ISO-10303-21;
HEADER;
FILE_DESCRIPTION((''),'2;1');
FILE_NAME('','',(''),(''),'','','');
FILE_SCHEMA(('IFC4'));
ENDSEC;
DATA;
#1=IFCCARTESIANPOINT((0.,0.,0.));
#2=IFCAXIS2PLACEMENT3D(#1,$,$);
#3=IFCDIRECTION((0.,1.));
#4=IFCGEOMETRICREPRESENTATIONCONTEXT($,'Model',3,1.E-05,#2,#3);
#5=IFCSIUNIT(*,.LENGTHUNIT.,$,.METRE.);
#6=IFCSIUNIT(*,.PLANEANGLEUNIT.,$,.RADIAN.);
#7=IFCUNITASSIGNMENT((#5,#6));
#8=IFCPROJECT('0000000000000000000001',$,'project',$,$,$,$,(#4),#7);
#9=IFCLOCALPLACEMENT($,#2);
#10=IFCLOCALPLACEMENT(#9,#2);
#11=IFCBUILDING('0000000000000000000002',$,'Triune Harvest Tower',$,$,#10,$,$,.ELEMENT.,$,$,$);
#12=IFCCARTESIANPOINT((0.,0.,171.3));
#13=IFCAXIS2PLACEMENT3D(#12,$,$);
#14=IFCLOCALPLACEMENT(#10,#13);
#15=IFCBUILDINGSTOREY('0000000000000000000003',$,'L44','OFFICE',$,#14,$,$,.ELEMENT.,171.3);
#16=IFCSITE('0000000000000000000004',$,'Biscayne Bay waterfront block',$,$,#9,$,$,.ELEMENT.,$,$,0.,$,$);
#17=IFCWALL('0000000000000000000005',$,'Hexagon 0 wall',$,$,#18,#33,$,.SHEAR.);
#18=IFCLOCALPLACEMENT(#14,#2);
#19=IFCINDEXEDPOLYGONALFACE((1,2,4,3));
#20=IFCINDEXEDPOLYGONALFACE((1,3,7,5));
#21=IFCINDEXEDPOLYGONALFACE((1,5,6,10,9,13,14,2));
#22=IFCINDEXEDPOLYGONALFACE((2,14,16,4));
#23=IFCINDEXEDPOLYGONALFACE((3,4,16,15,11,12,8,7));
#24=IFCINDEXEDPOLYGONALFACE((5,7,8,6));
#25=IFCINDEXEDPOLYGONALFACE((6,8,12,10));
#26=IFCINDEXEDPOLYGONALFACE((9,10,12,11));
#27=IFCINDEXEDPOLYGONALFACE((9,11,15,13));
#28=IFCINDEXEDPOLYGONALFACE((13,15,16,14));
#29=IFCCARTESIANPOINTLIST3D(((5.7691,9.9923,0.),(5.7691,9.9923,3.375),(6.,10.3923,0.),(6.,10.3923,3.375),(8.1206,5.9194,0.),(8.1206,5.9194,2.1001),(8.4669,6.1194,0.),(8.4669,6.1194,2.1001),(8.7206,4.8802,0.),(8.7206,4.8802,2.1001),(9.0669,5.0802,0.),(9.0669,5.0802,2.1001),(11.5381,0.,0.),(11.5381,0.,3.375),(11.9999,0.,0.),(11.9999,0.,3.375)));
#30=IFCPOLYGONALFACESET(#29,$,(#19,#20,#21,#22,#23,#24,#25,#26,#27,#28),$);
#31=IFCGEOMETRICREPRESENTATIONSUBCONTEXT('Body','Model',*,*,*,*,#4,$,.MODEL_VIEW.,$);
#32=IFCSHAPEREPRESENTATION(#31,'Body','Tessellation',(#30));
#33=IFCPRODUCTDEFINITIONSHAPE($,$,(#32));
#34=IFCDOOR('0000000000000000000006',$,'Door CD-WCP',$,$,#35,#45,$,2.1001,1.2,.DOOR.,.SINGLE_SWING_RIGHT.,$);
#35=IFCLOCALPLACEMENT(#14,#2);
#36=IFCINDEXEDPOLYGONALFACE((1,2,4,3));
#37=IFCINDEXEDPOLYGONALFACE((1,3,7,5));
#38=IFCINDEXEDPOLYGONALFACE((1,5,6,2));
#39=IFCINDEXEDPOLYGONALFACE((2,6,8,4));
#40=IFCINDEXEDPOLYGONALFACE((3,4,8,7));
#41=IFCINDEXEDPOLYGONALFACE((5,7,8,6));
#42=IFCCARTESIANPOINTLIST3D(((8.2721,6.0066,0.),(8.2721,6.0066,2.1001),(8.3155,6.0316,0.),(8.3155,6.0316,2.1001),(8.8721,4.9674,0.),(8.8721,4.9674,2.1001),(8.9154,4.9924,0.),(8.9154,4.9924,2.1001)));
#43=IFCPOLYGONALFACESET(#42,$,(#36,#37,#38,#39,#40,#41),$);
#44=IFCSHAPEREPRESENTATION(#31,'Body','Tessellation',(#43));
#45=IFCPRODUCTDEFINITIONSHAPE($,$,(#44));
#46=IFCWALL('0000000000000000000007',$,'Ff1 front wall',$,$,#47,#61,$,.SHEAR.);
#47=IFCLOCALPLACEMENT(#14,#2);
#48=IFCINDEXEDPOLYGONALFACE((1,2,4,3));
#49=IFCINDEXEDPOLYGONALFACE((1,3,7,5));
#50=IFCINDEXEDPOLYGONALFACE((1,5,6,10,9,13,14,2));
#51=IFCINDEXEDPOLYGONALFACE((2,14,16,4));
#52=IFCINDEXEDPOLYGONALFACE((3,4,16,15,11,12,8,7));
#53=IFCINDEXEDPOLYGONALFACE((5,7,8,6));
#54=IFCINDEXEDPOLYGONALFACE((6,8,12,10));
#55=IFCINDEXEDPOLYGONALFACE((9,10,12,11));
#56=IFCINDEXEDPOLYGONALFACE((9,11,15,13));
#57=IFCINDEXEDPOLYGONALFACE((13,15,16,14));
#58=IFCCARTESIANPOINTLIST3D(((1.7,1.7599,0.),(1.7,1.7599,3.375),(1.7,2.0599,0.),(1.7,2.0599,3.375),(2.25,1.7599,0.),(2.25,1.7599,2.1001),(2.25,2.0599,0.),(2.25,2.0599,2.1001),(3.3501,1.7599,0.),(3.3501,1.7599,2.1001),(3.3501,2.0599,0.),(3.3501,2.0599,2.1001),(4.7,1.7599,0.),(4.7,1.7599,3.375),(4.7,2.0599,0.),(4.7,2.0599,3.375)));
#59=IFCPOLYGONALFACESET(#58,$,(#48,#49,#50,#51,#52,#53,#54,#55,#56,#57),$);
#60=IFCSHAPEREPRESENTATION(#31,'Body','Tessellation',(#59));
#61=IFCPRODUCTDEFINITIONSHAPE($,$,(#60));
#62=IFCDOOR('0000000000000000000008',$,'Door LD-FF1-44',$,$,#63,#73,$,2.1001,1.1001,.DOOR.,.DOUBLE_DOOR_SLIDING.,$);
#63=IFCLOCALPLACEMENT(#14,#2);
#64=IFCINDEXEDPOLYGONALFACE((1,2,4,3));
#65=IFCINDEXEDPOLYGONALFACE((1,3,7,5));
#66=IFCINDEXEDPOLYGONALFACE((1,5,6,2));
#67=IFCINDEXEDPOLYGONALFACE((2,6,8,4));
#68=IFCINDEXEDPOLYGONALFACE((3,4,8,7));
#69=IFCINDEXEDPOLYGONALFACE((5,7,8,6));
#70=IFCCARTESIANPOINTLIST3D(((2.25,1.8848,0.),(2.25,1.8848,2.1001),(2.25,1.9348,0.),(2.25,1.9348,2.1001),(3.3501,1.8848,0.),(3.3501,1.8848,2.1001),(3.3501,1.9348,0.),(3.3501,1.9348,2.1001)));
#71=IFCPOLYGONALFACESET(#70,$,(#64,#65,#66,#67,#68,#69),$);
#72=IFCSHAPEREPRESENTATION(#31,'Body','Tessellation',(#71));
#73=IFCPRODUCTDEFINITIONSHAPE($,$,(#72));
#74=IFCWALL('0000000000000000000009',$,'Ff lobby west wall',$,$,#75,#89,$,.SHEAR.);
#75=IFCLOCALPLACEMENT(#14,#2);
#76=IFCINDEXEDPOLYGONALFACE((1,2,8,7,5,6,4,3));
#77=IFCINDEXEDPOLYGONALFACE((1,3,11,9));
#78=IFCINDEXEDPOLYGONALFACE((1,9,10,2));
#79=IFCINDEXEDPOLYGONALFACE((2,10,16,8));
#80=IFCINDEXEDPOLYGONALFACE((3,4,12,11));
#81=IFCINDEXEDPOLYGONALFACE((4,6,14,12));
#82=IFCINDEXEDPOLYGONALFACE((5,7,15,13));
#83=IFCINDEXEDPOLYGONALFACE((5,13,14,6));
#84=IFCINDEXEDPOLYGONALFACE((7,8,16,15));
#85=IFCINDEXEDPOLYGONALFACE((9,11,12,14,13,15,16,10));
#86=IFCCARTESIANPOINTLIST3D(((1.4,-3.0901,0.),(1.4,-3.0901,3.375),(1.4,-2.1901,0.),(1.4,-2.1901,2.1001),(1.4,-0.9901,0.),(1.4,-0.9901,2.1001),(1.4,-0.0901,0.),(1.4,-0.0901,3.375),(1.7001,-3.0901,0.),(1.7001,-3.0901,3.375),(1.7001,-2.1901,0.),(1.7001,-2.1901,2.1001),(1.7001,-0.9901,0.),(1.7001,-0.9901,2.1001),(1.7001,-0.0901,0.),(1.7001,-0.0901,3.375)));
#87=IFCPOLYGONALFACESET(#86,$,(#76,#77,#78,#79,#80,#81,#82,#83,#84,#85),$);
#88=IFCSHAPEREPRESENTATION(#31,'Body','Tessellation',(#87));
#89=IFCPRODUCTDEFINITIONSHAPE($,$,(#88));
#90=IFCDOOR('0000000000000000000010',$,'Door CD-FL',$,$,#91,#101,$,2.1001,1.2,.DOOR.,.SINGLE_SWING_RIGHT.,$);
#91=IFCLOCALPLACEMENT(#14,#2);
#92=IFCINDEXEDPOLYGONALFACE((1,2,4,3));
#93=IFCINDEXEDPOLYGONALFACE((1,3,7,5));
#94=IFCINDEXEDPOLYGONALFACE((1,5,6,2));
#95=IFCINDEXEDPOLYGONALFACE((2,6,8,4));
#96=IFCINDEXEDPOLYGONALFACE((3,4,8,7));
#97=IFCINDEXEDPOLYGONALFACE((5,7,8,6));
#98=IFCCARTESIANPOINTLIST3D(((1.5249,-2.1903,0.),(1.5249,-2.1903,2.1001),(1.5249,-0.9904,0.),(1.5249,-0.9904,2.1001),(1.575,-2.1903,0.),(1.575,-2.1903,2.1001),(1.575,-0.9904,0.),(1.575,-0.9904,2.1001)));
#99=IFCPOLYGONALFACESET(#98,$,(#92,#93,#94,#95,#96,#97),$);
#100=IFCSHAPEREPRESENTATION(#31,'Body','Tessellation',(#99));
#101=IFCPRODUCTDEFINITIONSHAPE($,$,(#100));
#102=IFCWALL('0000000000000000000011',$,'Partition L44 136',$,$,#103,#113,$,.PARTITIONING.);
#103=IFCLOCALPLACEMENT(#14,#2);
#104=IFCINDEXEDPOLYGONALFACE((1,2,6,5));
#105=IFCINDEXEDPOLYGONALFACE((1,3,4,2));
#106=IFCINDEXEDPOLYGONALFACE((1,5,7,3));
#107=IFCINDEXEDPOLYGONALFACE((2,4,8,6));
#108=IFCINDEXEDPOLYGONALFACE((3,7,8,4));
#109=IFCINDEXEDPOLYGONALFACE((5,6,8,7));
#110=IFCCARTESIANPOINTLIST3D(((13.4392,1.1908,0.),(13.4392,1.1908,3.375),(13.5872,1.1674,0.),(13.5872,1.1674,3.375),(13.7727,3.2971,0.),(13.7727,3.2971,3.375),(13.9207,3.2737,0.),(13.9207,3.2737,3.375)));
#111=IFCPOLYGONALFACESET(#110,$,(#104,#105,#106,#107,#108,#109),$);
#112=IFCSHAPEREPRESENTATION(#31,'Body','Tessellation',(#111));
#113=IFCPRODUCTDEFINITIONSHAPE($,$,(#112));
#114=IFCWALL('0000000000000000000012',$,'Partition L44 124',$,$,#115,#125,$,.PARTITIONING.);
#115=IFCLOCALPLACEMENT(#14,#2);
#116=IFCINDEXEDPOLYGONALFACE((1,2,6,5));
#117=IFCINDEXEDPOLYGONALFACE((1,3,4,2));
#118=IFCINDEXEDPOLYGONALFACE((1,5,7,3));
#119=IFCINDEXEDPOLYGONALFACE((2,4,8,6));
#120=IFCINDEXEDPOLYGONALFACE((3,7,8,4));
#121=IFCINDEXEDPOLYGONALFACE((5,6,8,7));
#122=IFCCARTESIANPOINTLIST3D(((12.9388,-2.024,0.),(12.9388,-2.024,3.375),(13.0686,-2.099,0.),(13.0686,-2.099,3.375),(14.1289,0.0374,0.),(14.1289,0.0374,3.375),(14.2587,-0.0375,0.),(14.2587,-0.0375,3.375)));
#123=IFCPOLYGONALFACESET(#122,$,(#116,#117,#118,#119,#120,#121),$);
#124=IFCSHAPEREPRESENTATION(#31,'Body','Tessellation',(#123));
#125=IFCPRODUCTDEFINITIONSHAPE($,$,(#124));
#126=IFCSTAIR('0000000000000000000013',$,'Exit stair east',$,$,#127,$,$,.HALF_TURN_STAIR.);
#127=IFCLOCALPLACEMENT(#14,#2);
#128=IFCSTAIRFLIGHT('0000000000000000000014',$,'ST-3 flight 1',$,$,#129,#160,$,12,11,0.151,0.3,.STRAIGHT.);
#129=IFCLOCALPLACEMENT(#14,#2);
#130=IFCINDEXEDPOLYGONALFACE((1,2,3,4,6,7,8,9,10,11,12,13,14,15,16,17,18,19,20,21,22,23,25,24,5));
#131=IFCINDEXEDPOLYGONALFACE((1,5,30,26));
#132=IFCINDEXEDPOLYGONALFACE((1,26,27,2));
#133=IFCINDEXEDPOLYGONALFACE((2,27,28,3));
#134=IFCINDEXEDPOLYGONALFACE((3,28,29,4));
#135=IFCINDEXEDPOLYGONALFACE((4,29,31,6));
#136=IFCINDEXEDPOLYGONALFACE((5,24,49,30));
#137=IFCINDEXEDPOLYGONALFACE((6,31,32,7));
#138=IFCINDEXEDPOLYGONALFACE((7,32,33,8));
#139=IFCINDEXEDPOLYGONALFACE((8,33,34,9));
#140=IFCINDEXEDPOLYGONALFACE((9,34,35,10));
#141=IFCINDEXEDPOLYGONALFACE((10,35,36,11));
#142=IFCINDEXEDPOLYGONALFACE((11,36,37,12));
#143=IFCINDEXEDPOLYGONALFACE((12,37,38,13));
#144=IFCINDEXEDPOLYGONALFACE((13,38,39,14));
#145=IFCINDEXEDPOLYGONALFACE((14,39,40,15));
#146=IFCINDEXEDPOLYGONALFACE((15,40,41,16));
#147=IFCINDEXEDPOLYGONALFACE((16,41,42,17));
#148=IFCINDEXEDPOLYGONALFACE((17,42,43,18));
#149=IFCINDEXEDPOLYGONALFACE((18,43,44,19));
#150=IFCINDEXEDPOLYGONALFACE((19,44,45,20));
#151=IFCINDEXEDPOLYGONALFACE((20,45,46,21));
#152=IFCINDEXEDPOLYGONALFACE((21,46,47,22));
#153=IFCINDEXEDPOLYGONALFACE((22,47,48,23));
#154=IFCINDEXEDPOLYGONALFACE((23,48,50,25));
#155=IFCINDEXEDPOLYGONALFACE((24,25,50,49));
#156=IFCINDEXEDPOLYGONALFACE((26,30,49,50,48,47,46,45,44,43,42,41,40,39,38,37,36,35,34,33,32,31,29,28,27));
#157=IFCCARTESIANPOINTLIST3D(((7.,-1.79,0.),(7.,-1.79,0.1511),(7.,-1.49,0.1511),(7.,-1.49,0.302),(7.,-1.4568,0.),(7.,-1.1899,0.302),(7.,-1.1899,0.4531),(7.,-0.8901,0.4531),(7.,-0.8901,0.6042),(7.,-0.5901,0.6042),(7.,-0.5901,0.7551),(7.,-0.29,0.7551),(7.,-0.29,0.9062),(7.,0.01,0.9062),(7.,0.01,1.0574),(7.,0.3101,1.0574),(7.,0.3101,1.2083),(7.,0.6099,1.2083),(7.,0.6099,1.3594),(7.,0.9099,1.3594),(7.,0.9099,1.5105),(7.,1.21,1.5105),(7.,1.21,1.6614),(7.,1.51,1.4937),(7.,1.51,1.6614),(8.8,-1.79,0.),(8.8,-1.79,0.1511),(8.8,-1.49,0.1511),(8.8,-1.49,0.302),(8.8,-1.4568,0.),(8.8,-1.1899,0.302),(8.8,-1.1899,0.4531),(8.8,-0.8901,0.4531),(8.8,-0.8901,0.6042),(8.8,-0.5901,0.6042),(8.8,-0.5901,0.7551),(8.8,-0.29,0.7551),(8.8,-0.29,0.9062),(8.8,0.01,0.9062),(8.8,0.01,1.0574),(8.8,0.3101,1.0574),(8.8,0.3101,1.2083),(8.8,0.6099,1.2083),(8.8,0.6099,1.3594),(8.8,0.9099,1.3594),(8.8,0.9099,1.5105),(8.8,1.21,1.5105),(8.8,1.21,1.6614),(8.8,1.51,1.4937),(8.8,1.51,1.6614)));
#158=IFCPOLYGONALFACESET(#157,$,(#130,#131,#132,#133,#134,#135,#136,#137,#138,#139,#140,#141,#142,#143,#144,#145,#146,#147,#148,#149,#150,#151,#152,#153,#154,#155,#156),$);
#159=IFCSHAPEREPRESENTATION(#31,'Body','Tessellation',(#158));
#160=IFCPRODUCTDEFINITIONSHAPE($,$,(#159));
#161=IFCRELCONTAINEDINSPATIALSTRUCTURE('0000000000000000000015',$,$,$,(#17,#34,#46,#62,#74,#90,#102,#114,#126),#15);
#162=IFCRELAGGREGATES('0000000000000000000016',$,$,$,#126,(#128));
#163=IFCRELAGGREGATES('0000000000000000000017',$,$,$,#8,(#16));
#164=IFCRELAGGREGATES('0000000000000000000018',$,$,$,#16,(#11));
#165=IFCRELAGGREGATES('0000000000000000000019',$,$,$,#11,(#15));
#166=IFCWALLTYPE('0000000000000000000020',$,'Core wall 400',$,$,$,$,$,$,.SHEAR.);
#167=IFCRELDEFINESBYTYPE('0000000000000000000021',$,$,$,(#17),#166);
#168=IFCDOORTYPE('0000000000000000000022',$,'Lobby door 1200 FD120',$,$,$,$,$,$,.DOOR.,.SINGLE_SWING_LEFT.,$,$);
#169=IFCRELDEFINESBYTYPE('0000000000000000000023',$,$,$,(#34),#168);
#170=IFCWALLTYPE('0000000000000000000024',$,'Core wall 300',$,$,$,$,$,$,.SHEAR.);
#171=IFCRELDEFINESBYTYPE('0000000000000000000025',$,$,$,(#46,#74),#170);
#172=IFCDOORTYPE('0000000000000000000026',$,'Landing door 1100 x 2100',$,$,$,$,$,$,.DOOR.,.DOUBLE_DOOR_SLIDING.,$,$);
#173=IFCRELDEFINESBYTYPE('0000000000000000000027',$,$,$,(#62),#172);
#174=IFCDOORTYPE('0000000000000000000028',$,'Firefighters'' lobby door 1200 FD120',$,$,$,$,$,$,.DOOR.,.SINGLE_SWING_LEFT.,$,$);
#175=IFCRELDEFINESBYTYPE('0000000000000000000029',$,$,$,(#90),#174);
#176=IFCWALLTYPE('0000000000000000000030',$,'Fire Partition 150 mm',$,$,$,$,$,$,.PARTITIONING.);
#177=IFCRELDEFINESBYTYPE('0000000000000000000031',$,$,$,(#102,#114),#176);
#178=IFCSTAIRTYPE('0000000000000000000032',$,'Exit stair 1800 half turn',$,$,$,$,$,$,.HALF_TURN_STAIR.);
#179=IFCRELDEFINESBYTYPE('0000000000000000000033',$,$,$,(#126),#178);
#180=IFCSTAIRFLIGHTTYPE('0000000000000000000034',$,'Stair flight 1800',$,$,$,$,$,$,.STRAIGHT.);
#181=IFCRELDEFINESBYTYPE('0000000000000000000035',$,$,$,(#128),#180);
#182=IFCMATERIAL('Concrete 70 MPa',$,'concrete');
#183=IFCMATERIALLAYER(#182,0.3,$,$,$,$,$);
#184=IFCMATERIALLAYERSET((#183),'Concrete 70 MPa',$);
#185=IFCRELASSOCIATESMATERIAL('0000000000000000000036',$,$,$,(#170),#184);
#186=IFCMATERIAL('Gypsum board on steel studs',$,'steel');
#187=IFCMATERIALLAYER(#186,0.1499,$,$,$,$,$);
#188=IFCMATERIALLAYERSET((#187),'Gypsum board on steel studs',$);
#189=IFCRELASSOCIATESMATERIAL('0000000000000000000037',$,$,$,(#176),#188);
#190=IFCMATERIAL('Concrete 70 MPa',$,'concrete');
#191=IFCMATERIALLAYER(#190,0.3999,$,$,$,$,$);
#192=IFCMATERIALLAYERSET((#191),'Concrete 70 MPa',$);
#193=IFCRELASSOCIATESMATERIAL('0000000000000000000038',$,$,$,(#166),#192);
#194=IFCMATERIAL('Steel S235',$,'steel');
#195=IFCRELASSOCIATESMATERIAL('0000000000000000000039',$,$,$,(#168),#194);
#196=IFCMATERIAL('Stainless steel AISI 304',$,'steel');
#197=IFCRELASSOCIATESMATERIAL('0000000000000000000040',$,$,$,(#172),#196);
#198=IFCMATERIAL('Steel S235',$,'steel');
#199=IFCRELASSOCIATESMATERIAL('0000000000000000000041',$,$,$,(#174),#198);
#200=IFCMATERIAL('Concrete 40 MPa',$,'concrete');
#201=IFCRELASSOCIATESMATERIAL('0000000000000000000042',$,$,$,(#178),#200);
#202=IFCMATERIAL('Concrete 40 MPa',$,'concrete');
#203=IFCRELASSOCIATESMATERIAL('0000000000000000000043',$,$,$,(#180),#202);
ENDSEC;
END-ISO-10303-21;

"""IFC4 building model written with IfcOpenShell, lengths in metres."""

from ifc_helpers import new_model, si_unit, direction, frame, frame_2d, origin, place, context, subcontext, project, spatial, polyline, rectangle, outline, extrude, source, transform, mapped, material, layer, layer_set, type_object, element, fill, aggregate, save


model = new_model("IFC4")

# Units and contexts
model_context = context("Model", 3, precision=1e-05, world=origin(), true_north=direction((0.0, 1.0)))
body_context = subcontext(model_context, "Body", "Model", "MODEL_VIEW")
ifc_project = project(units=[si_unit("LENGTHUNIT", "METRE"), si_unit("PLANEANGLEUNIT", "RADIAN")], contexts=[model_context])

# Site, building, storey
site_placement = place(None, origin())
site = spatial("IfcSite", under=ifc_project, at=site_placement, Name="Biscayne Bay waterfront block", CompositionType="ELEMENT", RefElevation=0.0)
building_placement = place(site_placement, origin())
building = spatial("IfcBuilding", under=site, at=building_placement, Name="Triune Harvest Tower", CompositionType="ELEMENT")
storey_placement = place(building_placement, frame((0.0, 0.0, 171.3)))
storey = spatial("IfcBuildingStorey", under=building, at=storey_placement, Name="L44", Description="OFFICE", CompositionType="ELEMENT", Elevation=171.3)

# Shared definitions
ifc_material_1 = material(Name="Concrete 70 MPa", Category="concrete")
ifc_layer_1 = layer(ifc_material_1, 0.3)
ifc_layer_set_1 = layer_set([ifc_layer_1], Name="Concrete 70 MPa")
wall_type_1 = type_object("IfcWallType", Name="Core wall 300", PredefinedType="SHEAR", material=ifc_layer_set_1)

# Shared definitions
ifc_material_2 = material(Name="Gypsum board on steel studs", Category="steel")
ifc_layer_2 = layer(ifc_material_2, 0.1499)
ifc_layer_set_2 = layer_set([ifc_layer_2], Name="Gypsum board on steel studs")
wall_type_2 = type_object("IfcWallType", Name="Fire Partition 150 mm", PredefinedType="PARTITIONING", material=ifc_layer_set_2)

# Walls, openings, doors
ifc_material_3 = material(Name="Concrete 70 MPa", Category="concrete")
ifc_layer_3 = layer(ifc_material_3, 0.3999)
ifc_layer_set_3 = layer_set([ifc_layer_3], Name="Concrete 70 MPa")
wall_type_3 = type_object("IfcWallType", Name="Core wall 400", PredefinedType="SHEAR", material=ifc_layer_set_3)
shared_shape_1 = source(origin(), body_context, "Body", "SweptSolid", [
    extrude(outline(polyline([(-0.1155, -0.2), (11.8845, -0.2), (11.6536, 0.2), (0.1155, 0.2), (-0.1155, -0.2)])), origin(), (0.0, 0.0, 1.0), 3.375),
])
wall_1_placement = place(storey_placement, frame((11.769, 0.0, 0.0), z_axis=(0.0, 0.0, 1.0), x_axis=(-0.499997, 0.866027, 0.0)))
wall_1 = element("IfcWall", 1, at=wall_1_placement, inside=storey, type_object=wall_type_3, Name="Hexagon 0 wall", PredefinedType="SHEAR", context=body_context, shape_type="MappedRepresentation", body=[
    mapped(shared_shape_1, transform((0.0, 0.0, 0.0), scale=1.0)),
])
opening_1_placement = place(wall_1_placement, frame((5.7505, 0.0, 0.0)))
opening_1 = element("IfcOpeningElement", 2, at=opening_1_placement, cuts=wall_1, PredefinedType="OPENING", context=body_context, shape_type="SweptSolid", body=[
    extrude(rectangle(XDim=1.2, YDim=2.1001, at=frame_2d((0.6001, 1.05))), frame((0.0, 0.21, 0.0), z_axis=(0.0, -1.0, 0.0), x_axis=(1.0, 0.0, 0.0)), (0.0, 0.0, 1.0), 0.4199),
])
ifc_material_4 = material(Name="Steel S235", Category="steel")
door_type_1 = type_object("IfcDoorType", Name="Lobby door 1200 FD120", OperationType="SINGLE_SWING_LEFT", PredefinedType="DOOR", material=ifc_material_4)
door_1_placement = place(opening_1_placement, frame((1.2, 0.0, 0.0), z_axis=(0.0, 0.0, 1.0), x_axis=(-1.0, 0.0, 0.0)))
door_1 = element("IfcDoor", 3, at=door_1_placement, inside=storey, type_object=door_type_1, Name="Door CD-WCP", OperationType="SINGLE_SWING_RIGHT", OverallHeight=2.1001, OverallWidth=1.2, PredefinedType="DOOR", context=body_context, shape_type="SweptSolid", body=[
    extrude(rectangle(XDim=1.2, YDim=2.1001, at=frame_2d((0.6001, 1.05))), frame((0.0, 0.0249, 0.0), z_axis=(0.0, -1.0, 0.0), x_axis=(1.0, 0.0, 0.0)), (0.0, 0.0, 1.0), 0.05),
])
fill(opening_1, door_1)
shared_shape_2 = source(origin(), body_context, "Body", "SweptSolid", [
    extrude(rectangle(XDim=3.0, YDim=0.3, at=frame_2d((1.5, 0.0))), origin(), (0.0, 0.0, 1.0), 3.375),
])
wall_2_placement = place(storey_placement, frame((1.7, 1.9099, 0.0), z_axis=(0.0, 0.0, 1.0), x_axis=(1.0, 0.0, 0.0)))
wall_2 = element("IfcWall", 4, at=wall_2_placement, inside=storey, type_object=wall_type_1, Name="Ff1 front wall", PredefinedType="SHEAR", context=body_context, shape_type="MappedRepresentation", body=[
    mapped(shared_shape_2, transform((0.0, 0.0, 0.0), scale=1.0)),
])
opening_2_placement = place(wall_2_placement, frame((0.55, 0.0, 0.0)))
opening_2 = element("IfcOpeningElement", 5, at=opening_2_placement, cuts=wall_2, PredefinedType="OPENING", context=body_context, shape_type="SweptSolid", body=[
    extrude(rectangle(XDim=1.1001, YDim=2.1001, at=frame_2d((0.55, 1.05))), frame((0.0, 0.1602, 0.0), z_axis=(0.0, -1.0, 0.0), x_axis=(1.0, 0.0, 0.0)), (0.0, 0.0, 1.0), 0.3201),
])
ifc_material_5 = material(Name="Stainless steel AISI 304", Category="steel")
door_type_2 = type_object("IfcDoorType", Name="Landing door 1100 x 2100", OperationType="DOUBLE_DOOR_SLIDING", PredefinedType="DOOR", material=ifc_material_5)
door_2_placement = place(opening_2_placement, origin())
door_2 = element("IfcDoor", 6, at=door_2_placement, inside=storey, type_object=door_type_2, Name="Door LD-FF1-44", OperationType="DOUBLE_DOOR_SLIDING", OverallHeight=2.1001, OverallWidth=1.1001, PredefinedType="DOOR", context=body_context, shape_type="SweptSolid", body=[
    extrude(rectangle(XDim=1.1001, YDim=2.1001, at=frame_2d((0.55, 1.05))), frame((0.0, 0.0249, 0.0), z_axis=(0.0, -1.0, 0.0), x_axis=(1.0, 0.0, 0.0)), (0.0, 0.0, 1.0), 0.05),
])
fill(opening_2, door_2)
wall_3_placement = place(storey_placement, frame((1.55, -3.0901, 0.0), z_axis=(0.0, 0.0, 1.0), x_axis=(0.0, 1.0, 0.0)))
wall_3 = element("IfcWall", 7, at=wall_3_placement, inside=storey, type_object=wall_type_1, Name="Ff lobby west wall", PredefinedType="SHEAR", context=body_context, shape_type="MappedRepresentation", body=[
    mapped(shared_shape_2, transform((0.0, 0.0, 0.0), scale=1.0)),
])
opening_3_placement = place(wall_3_placement, frame((0.8999, 0.0, 0.0)))
opening_3 = element("IfcOpeningElement", 8, at=opening_3_placement, cuts=wall_3, PredefinedType="OPENING", context=body_context, shape_type="SweptSolid", body=[
    extrude(rectangle(XDim=1.2, YDim=2.1001, at=frame_2d((0.6001, 1.05))), frame((0.0, 0.1602, 0.0), z_axis=(0.0, -1.0, 0.0), x_axis=(1.0, 0.0, 0.0)), (0.0, 0.0, 1.0), 0.3201),
])
ifc_material_6 = material(Name="Steel S235", Category="steel")
door_type_3 = type_object("IfcDoorType", Name="Firefighters' lobby door 1200 FD120", OperationType="SINGLE_SWING_LEFT", PredefinedType="DOOR", material=ifc_material_6)
door_3_placement = place(opening_3_placement, frame((1.2, 0.0, 0.0), z_axis=(0.0, 0.0, 1.0), x_axis=(-1.0, 0.0, 0.0)))
door_3 = element("IfcDoor", 9, at=door_3_placement, inside=storey, type_object=door_type_3, Name="Door CD-FL", OperationType="SINGLE_SWING_RIGHT", OverallHeight=2.1001, OverallWidth=1.2, PredefinedType="DOOR", context=body_context, shape_type="SweptSolid", body=[
    extrude(rectangle(XDim=1.2, YDim=2.1001, at=frame_2d((0.6001, 1.05))), frame((0.0, 0.0249, 0.0), z_axis=(0.0, -1.0, 0.0), x_axis=(1.0, 0.0, 0.0)), (0.0, 0.0, 1.0), 0.05),
])
fill(opening_3, door_3)

# Walls
shared_shape_3 = source(origin(), body_context, "Body", "SweptSolid", [
    extrude(rectangle(XDim=2.1326, YDim=0.1499, at=frame_2d((1.0664, 0.0))), origin(), (0.0, 0.0, 1.0), 3.375),
])
wall_4_placement = place(storey_placement, frame((13.5132, 1.179, 0.0), z_axis=(0.0, 0.0, 1.0), x_axis=(0.156374, 0.987698, 0.0)))
element("IfcWall", 10, at=wall_4_placement, inside=storey, type_object=wall_type_2, Name="Partition L44 136", PredefinedType="PARTITIONING", context=body_context, shape_type="MappedRepresentation", body=[
    mapped(shared_shape_3, transform((0.0, 0.0, 0.0), scale=1.0)),
])
shared_shape_4 = source(origin(), body_context, "Body", "SweptSolid", [
    extrude(rectangle(XDim=2.3804, YDim=0.1499, at=frame_2d((1.1902, 0.0))), origin(), (0.0, 0.0, 1.0), 3.375),
])
wall_5_placement = place(storey_placement, frame((13.0037, -2.0615, 0.0), z_axis=(0.0, 0.0, 1.0), x_axis=(0.499989, 0.866032, 0.0)))
element("IfcWall", 11, at=wall_5_placement, inside=storey, type_object=wall_type_2, Name="Partition L44 124", PredefinedType="PARTITIONING", context=body_context, shape_type="MappedRepresentation", body=[
    mapped(shared_shape_4, transform((0.0, 0.0, 0.0), scale=1.0)),
])

# Stair, stair flight
ifc_material_7 = material(Name="Concrete 40 MPa", Category="concrete")
stair_type = type_object("IfcStairType", Name="Exit stair 1800 half turn", PredefinedType="HALF_TURN_STAIR", material=ifc_material_7)
stair_placement = place(storey_placement, origin())
stair = element("IfcStair", 12, at=stair_placement, inside=storey, type_object=stair_type, Name="Exit stair east", PredefinedType="HALF_TURN_STAIR")
ifc_material_8 = material(Name="Concrete 40 MPa", Category="concrete")
stair_flight_type = type_object("IfcStairFlightType", Name="Stair flight 1800", PredefinedType="STRAIGHT", material=ifc_material_8)
shared_shape_5 = source(origin(), body_context, "Body", "SweptSolid", [
    extrude(outline(polyline([(0.0, 0.0), (0.0, 0.1511), (0.3, 0.1511), (0.3, 0.302), (0.6001, 0.302), (0.6001, 0.4531), (0.8999, 0.4531), (0.8999, 0.6042), (1.2, 0.6042), (1.2, 0.7551), (1.5, 0.7551), (1.5, 0.9062), (1.8, 0.9062), (1.8, 1.0574), (2.1001, 1.0574), (2.1001, 1.2083), (2.3999, 1.2083), (2.3999, 1.3594), (2.7, 1.3594), (2.7, 1.5105), (3.0, 1.5105), (3.0, 1.6614), (3.3, 1.6614), (3.3, 1.8125), (3.3, 1.4937), (0.3333, 0.0), (0.0, 0.0)])), frame((0.0, 0.8999, 0.0), z_axis=(0.0, -1.0, 0.0), x_axis=(1.0, 0.0, 0.0)), (0.0, 0.0, 1.0), 1.8),
])
stair_flight_1_placement = place(storey_placement, frame((7.8999, -1.79, 0.0), z_axis=(0.0, 0.0, 1.0), x_axis=(0.0, 1.0, 0.0)))
stair_flight_1 = element("IfcStairFlight", 13, at=stair_flight_1_placement, type_object=stair_flight_type, Name="ST-3 flight 1", NumberOfRisers=12, NumberOfTreads=11, PredefinedType="STRAIGHT", RiserHeight=0.151, TreadLength=0.3, context=body_context, shape_type="MappedRepresentation", body=[
    mapped(shared_shape_5, transform((0.0, 0.0, 0.0), scale=1.0)),
])
aggregate(stair, [stair_flight_1])

save(model, "model.ifc")
